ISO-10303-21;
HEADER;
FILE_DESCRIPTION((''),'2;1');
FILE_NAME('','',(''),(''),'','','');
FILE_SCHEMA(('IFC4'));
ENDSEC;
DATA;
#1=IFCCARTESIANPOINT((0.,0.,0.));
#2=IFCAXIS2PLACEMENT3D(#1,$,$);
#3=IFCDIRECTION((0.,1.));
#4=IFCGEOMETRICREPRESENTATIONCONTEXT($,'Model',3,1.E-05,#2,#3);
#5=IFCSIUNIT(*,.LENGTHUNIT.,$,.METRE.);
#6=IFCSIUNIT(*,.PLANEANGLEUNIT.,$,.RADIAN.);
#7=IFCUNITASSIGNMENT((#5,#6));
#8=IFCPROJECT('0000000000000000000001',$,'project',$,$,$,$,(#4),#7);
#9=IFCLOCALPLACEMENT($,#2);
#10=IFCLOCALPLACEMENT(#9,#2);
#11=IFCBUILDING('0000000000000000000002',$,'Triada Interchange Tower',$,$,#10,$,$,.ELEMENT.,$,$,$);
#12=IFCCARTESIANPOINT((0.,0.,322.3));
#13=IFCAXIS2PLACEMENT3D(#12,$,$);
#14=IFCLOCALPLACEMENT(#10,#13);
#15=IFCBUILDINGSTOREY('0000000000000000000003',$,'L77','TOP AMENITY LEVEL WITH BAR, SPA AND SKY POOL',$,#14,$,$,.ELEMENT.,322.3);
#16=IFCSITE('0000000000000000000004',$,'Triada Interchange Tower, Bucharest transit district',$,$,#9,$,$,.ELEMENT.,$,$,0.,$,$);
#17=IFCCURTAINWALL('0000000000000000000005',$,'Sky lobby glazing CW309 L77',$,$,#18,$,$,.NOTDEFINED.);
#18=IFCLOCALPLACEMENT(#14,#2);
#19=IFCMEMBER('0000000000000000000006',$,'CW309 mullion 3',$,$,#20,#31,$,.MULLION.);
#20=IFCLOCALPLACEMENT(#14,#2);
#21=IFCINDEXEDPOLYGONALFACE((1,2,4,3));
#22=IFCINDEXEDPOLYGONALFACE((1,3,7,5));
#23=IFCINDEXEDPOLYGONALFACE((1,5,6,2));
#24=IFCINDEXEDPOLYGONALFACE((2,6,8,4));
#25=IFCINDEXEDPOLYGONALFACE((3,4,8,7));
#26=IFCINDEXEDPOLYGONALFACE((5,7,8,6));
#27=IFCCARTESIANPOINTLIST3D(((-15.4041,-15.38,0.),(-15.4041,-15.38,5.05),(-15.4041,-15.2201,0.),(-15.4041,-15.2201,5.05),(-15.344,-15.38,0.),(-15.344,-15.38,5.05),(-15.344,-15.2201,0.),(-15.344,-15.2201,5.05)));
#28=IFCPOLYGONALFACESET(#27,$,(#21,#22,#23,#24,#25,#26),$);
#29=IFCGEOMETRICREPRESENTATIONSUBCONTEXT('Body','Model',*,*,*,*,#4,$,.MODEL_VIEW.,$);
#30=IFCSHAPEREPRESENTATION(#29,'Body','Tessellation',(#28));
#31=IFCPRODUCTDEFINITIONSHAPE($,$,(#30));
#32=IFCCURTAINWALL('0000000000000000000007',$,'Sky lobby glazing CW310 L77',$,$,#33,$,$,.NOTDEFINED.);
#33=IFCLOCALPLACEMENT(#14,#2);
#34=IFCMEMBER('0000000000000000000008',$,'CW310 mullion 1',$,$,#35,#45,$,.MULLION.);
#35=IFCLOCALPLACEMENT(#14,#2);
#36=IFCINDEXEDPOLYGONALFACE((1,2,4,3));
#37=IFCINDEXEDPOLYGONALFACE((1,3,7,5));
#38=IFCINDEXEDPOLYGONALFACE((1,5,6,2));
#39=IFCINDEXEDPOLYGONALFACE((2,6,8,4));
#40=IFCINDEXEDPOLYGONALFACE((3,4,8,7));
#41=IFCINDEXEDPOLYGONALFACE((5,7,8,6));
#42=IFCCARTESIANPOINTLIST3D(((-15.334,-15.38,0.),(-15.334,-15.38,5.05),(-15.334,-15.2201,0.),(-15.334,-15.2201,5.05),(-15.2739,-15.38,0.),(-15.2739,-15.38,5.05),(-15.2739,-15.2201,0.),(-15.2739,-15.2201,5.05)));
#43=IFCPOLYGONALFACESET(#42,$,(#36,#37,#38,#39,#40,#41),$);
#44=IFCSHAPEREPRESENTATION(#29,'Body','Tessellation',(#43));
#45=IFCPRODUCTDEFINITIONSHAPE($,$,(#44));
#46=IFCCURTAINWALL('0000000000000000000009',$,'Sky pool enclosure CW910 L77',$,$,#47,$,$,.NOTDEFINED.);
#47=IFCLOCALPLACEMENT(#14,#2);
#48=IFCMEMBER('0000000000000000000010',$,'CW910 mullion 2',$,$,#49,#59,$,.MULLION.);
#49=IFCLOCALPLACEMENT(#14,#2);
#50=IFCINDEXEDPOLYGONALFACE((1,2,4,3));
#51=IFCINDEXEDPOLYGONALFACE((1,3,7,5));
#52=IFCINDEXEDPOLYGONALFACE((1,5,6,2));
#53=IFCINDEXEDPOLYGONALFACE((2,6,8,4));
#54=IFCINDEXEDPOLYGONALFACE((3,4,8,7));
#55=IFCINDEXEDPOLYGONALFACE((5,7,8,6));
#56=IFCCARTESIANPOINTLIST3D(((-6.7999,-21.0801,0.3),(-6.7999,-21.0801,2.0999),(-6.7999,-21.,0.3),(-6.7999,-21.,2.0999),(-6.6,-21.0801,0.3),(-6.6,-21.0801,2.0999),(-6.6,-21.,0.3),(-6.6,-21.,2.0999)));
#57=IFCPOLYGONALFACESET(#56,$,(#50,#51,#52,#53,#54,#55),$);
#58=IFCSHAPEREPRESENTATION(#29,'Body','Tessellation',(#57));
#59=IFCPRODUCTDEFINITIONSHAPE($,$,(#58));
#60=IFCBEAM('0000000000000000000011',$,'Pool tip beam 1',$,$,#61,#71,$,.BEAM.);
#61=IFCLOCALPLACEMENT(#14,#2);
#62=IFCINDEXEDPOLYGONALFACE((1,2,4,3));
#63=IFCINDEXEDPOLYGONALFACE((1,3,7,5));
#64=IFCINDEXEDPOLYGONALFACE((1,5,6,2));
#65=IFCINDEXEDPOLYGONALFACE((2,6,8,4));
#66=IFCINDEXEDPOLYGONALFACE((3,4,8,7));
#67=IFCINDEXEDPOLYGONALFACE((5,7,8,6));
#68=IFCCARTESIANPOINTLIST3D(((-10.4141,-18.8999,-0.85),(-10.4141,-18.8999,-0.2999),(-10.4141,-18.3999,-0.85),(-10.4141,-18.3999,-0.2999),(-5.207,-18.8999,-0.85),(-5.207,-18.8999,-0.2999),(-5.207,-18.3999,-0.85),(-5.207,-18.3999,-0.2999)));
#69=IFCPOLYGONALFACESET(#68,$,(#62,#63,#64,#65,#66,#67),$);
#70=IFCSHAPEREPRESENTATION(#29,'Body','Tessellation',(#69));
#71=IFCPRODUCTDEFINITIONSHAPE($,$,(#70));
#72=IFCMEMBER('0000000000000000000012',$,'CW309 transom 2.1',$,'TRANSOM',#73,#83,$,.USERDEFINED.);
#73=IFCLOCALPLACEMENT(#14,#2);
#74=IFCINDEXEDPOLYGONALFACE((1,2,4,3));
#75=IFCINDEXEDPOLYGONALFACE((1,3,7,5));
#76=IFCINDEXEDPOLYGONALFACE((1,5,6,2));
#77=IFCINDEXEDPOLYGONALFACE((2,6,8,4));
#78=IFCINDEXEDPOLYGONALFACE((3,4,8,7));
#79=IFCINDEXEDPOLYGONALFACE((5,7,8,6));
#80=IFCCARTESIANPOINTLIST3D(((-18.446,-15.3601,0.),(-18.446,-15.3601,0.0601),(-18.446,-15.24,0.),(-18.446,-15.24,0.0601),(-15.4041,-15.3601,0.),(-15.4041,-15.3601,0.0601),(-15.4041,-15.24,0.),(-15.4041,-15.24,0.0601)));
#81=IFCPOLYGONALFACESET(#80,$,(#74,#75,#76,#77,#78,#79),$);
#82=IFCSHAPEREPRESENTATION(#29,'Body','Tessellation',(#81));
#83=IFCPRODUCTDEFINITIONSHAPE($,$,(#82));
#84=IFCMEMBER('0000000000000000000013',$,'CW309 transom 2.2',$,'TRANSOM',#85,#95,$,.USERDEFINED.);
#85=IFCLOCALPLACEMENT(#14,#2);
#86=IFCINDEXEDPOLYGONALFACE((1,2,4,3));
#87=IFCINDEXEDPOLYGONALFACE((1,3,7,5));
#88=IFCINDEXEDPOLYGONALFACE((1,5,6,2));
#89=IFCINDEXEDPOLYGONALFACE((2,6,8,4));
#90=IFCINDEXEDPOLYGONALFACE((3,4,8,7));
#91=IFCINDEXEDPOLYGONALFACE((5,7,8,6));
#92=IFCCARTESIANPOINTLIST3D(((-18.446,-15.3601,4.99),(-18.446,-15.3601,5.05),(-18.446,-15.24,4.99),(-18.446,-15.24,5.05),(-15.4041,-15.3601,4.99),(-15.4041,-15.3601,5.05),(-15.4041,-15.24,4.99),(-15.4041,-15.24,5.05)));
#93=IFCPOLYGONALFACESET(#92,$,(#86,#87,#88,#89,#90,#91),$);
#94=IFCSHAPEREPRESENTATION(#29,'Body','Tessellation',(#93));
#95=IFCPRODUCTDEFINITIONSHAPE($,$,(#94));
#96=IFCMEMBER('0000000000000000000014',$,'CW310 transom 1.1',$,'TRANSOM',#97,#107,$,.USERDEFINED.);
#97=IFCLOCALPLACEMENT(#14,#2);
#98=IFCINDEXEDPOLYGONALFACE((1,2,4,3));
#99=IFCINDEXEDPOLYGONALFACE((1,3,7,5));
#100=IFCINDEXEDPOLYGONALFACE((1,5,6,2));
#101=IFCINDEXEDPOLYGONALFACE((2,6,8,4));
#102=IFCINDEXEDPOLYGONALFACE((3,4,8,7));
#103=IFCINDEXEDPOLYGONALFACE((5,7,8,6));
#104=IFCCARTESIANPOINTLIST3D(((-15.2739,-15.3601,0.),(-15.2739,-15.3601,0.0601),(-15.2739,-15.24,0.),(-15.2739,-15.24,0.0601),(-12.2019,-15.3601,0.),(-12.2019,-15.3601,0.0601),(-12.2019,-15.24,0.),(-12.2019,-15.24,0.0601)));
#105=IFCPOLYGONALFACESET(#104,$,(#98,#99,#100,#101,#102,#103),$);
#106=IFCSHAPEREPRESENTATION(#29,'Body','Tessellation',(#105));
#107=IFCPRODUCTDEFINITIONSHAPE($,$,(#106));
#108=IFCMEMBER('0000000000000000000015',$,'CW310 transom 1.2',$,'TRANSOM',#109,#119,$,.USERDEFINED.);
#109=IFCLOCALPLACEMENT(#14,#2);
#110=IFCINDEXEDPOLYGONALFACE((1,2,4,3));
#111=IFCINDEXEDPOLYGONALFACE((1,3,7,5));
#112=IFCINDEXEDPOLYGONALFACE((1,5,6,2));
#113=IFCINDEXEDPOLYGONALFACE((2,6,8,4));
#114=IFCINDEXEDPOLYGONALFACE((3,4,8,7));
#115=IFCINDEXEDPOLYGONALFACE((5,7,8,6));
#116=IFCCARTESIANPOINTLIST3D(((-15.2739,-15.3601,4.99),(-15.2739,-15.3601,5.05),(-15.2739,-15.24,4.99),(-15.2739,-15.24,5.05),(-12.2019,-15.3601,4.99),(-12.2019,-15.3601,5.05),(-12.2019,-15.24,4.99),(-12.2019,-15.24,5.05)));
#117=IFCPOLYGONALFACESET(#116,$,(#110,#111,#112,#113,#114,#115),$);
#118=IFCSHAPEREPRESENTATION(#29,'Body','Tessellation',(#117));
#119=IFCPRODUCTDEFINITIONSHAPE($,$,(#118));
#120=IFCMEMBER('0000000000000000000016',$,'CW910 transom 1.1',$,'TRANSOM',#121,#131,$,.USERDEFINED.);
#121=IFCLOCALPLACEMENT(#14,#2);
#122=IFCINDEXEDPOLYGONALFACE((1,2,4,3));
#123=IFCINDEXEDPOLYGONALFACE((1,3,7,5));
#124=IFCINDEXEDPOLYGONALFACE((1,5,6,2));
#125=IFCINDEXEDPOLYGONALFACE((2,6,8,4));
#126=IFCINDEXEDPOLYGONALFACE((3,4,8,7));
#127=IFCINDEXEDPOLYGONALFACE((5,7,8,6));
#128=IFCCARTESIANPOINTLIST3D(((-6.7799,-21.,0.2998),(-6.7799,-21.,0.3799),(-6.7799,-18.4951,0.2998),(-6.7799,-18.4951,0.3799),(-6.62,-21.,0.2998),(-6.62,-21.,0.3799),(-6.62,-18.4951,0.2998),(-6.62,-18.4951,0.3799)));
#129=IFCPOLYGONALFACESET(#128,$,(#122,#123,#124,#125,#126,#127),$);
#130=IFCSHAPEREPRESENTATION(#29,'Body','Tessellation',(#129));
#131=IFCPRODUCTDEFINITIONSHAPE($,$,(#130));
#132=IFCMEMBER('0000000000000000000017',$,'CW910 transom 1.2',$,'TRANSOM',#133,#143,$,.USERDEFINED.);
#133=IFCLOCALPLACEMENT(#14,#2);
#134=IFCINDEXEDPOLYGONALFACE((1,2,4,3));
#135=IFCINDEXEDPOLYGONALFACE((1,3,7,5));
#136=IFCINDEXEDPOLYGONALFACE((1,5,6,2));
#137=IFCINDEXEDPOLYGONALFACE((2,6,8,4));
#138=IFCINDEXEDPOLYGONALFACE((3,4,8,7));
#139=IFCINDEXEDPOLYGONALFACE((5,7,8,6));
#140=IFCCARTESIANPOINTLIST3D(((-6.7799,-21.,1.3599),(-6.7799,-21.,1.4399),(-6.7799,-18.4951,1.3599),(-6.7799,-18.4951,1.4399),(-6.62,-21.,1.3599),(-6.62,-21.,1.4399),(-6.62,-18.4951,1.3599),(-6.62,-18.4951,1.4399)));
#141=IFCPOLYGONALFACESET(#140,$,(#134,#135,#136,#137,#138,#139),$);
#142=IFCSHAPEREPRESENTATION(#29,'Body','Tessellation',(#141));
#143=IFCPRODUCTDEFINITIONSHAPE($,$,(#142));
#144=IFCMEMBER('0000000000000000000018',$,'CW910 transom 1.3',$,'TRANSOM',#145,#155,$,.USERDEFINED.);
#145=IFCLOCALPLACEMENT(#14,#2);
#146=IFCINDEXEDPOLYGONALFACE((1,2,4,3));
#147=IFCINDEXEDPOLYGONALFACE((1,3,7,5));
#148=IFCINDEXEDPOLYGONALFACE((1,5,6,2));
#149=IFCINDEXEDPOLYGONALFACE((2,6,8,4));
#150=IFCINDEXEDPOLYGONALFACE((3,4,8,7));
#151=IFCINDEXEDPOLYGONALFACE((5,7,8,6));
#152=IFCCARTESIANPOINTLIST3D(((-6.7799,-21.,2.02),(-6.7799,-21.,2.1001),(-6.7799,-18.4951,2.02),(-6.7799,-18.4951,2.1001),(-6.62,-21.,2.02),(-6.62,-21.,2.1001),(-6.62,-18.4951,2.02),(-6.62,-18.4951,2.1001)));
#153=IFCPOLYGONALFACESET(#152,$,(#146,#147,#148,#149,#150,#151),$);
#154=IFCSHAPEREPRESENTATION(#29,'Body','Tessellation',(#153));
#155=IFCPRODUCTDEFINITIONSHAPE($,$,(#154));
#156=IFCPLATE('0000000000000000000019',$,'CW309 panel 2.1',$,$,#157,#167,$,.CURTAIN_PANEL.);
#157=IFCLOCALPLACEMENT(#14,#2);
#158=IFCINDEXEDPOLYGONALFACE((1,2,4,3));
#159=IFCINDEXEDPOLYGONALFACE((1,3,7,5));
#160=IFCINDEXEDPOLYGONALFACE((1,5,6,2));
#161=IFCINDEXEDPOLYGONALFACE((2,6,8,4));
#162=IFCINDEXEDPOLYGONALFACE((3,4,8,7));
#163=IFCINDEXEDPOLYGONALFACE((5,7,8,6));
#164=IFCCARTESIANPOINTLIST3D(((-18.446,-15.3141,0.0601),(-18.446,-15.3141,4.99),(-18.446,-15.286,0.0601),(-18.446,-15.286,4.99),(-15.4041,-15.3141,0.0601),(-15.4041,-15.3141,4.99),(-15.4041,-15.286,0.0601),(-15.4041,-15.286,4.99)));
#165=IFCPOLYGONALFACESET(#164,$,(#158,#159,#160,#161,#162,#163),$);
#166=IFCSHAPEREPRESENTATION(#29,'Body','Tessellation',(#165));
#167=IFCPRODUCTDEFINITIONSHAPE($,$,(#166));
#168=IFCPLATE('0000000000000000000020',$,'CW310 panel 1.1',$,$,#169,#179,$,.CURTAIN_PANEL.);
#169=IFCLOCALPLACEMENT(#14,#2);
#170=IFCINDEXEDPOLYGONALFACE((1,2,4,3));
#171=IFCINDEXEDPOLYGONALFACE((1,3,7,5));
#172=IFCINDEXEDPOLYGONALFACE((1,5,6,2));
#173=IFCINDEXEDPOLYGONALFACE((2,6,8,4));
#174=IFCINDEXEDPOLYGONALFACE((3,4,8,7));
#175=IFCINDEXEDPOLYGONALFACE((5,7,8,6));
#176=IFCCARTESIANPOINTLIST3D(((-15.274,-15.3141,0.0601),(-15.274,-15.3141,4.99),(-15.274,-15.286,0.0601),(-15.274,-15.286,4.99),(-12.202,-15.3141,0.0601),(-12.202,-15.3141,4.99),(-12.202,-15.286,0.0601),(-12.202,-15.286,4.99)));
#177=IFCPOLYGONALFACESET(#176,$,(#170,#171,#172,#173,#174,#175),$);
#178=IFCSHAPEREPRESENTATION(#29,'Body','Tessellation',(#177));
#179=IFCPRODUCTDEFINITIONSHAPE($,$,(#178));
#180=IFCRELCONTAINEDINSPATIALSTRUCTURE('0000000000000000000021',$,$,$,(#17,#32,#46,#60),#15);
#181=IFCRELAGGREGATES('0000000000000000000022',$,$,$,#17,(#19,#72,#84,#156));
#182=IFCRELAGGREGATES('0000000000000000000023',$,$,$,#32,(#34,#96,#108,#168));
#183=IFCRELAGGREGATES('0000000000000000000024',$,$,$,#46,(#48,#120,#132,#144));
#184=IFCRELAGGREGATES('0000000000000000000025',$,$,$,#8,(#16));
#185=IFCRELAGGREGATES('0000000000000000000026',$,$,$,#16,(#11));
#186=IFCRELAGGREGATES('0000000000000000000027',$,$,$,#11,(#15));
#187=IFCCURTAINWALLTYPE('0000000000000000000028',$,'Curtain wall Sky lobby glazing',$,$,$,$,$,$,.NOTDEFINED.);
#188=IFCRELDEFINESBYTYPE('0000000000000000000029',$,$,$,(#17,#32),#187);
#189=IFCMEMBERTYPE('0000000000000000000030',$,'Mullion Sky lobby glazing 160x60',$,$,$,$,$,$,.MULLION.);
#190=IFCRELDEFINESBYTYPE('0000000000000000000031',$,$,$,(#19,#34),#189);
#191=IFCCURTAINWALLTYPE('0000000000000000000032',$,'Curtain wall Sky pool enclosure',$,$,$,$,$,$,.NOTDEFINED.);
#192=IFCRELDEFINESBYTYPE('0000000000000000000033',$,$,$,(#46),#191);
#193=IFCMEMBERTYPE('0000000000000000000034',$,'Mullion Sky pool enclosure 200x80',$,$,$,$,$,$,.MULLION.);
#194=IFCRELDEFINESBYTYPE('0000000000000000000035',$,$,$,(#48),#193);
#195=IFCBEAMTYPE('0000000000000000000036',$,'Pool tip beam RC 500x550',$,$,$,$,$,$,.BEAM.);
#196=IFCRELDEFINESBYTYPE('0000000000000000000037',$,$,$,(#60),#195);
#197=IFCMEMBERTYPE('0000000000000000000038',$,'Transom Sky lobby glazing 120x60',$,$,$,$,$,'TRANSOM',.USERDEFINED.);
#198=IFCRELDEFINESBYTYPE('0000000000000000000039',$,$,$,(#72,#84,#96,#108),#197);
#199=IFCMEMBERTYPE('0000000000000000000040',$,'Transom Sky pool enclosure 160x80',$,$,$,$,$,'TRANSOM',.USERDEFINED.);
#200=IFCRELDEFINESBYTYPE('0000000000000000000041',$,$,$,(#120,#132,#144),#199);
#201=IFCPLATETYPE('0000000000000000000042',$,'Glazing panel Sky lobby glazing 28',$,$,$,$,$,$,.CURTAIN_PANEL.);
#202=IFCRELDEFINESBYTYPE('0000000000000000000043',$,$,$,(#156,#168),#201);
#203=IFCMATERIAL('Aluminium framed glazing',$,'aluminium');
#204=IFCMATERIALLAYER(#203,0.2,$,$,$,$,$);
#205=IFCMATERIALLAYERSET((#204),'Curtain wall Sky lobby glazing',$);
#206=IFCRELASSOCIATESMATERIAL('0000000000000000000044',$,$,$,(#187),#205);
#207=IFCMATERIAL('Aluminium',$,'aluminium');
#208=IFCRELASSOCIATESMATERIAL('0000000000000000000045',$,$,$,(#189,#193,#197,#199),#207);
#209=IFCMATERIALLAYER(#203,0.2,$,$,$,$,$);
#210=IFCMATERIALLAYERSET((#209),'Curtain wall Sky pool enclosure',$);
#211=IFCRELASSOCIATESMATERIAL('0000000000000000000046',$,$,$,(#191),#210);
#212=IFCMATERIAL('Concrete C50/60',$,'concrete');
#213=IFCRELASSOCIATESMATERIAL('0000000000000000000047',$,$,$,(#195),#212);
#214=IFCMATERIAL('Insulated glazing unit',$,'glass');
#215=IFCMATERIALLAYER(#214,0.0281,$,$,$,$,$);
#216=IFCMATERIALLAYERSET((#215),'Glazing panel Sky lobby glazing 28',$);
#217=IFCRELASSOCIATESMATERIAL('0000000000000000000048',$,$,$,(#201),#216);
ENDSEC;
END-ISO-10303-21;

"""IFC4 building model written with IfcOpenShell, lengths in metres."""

from ifc_helpers import new_model, si_unit, direction, frame, origin, origin_2d, place, context, subcontext, project, spatial, rectangle, extrude, material, layer, layer_set, material_profile, profile_set, type_object, element, aggregate, save


model = new_model("IFC4")

# Units and contexts
model_context = context("Model", 3, precision=1e-05, world=origin(), true_north=direction((0.0, 1.0)))
body_context = subcontext(model_context, "Body", "Model", "MODEL_VIEW")
ifc_project = project(units=[si_unit("LENGTHUNIT", "METRE"), si_unit("PLANEANGLEUNIT", "RADIAN")], contexts=[model_context])

# Site, building, storey
site_placement = place(None, origin())
site = spatial("IfcSite", under=ifc_project, at=site_placement, Name="Triada Interchange Tower, Bucharest transit district", CompositionType="ELEMENT", RefElevation=0.0)
building_placement = place(site_placement, origin())
building = spatial("IfcBuilding", under=site, at=building_placement, Name="Triada Interchange Tower", CompositionType="ELEMENT")
storey_placement = place(building_placement, frame((0.0, 0.0, 322.3)))
storey = spatial("IfcBuildingStorey", under=building, at=storey_placement, Name="L77", Description="TOP AMENITY LEVEL WITH BAR, SPA AND SKY POOL", CompositionType="ELEMENT", Elevation=322.3)

# Curtain walls, members
ifc_material_1 = material(Name="Aluminium framed glazing", Category="aluminium")
ifc_layer_1 = layer(ifc_material_1, 0.2)
ifc_layer_set_1 = layer_set([ifc_layer_1], Name="Curtain wall Sky lobby glazing")
curtain_wall_type_1 = type_object("IfcCurtainWallType", Name="Curtain wall Sky lobby glazing", PredefinedType="NOTDEFINED", material=ifc_layer_set_1)
curtain_wall_1_placement = place(storey_placement, origin())
curtain_wall_1 = element("IfcCurtainWall", 1, at=curtain_wall_1_placement, inside=storey, type_object=curtain_wall_type_1, Name="Sky lobby glazing CW309 L77", PredefinedType="NOTDEFINED")
ifc_material_2 = material(Name="Aluminium", Category="aluminium")
ifc_material_profile_1 = material_profile(ifc_material_2, rectangle(XDim=0.1599, YDim=0.0601, at=origin_2d()), Name="Aluminium mullion")
ifc_profile_set_1 = profile_set([ifc_material_profile_1], Name="Aluminium")
member_type_1 = type_object("IfcMemberType", Name="Mullion Sky lobby glazing 160x60", PredefinedType="MULLION", material=ifc_profile_set_1)
member_1_placement = place(storey_placement, frame((-15.374, -15.3, 0.0), z_axis=(0.0, 0.0, 1.0), x_axis=(0.0, 1.0, 0.0)))
member_1 = element("IfcMember", 2, at=member_1_placement, type_object=member_type_1, Name="CW309 mullion 3", PredefinedType="MULLION", context=body_context, shape_type="SweptSolid", body=[
    extrude(rectangle(XDim=0.1599, YDim=0.0601, at=origin_2d()), origin(), (0.0, 0.0, 1.0), 5.05),
])
curtain_wall_2_placement = place(storey_placement, origin())
curtain_wall_2 = element("IfcCurtainWall", 3, at=curtain_wall_2_placement, inside=storey, type_object=curtain_wall_type_1, Name="Sky lobby glazing CW310 L77", PredefinedType="NOTDEFINED")
member_2_placement = place(storey_placement, frame((-15.304, -15.3, 0.0), z_axis=(0.0, 0.0, 1.0), x_axis=(0.0, 1.0, 0.0)))
member_2 = element("IfcMember", 4, at=member_2_placement, type_object=member_type_1, Name="CW310 mullion 1", PredefinedType="MULLION", context=body_context, shape_type="SweptSolid", body=[
    extrude(rectangle(XDim=0.1599, YDim=0.0601, at=origin_2d()), origin(), (0.0, 0.0, 1.0), 5.05),
])
ifc_layer_2 = layer(ifc_material_1, 0.2)
ifc_layer_set_2 = layer_set([ifc_layer_2], Name="Curtain wall Sky pool enclosure")
curtain_wall_type_2 = type_object("IfcCurtainWallType", Name="Curtain wall Sky pool enclosure", PredefinedType="NOTDEFINED", material=ifc_layer_set_2)
curtain_wall_3_placement = place(storey_placement, origin())
curtain_wall_3 = element("IfcCurtainWall", 5, at=curtain_wall_3_placement, inside=storey, type_object=curtain_wall_type_2, Name="Sky pool enclosure CW910 L77", PredefinedType="NOTDEFINED")
ifc_material_profile_2 = material_profile(ifc_material_2, rectangle(XDim=0.2, YDim=0.0801, at=origin_2d()), Name="Aluminium mullion")
ifc_profile_set_2 = profile_set([ifc_material_profile_2], Name="Aluminium")
member_type_2 = type_object("IfcMemberType", Name="Mullion Sky pool enclosure 200x80", PredefinedType="MULLION", material=ifc_profile_set_2)
member_3_placement = place(storey_placement, frame((-6.7, -21.04, 0.3), z_axis=(0.0, 0.0, 1.0), x_axis=(1.0, 0.0, 0.0)))
member_3 = element("IfcMember", 6, at=member_3_placement, type_object=member_type_2, Name="CW910 mullion 2", PredefinedType="MULLION", context=body_context, shape_type="SweptSolid", body=[
    extrude(rectangle(XDim=0.2, YDim=0.0801, at=origin_2d()), origin(), (0.0, 0.0, 1.0), 1.7998),
])

# Beam
ifc_material_3 = material(Name="Concrete C50/60", Category="concrete")
ifc_material_profile_3 = material_profile(ifc_material_3, rectangle(XDim=0.5, YDim=0.55, at=origin_2d()), Name="RC 500x550")
ifc_profile_set_3 = profile_set([ifc_material_profile_3], Name="Concrete C50/60")
beam_type_1 = type_object("IfcBeamType", Name="Pool tip beam RC 500x550", PredefinedType="BEAM", material=ifc_profile_set_3)
beam_1_placement = place(storey_placement, frame((-10.4141, -18.6499, -0.575), z_axis=(1.0, 0.0, 0.0), x_axis=(0.0, 1.0, 0.0)))
element("IfcBeam", 7, at=beam_1_placement, inside=storey, type_object=beam_type_1, Name="Pool tip beam 1", PredefinedType="BEAM", context=body_context, shape_type="SweptSolid", body=[
    extrude(rectangle(XDim=0.5, YDim=0.55, at=origin_2d()), origin(), (0.0, 0.0, 1.0), 5.207),
])

# Members
ifc_material_profile_4 = material_profile(ifc_material_2, rectangle(XDim=0.1201, YDim=0.0601, at=origin_2d()), Name="Aluminium transom")
ifc_profile_set_4 = profile_set([ifc_material_profile_4], Name="Aluminium")
member_type_3 = type_object("IfcMemberType", Name="Transom Sky lobby glazing 120x60", ElementType="TRANSOM", PredefinedType="USERDEFINED", material=ifc_profile_set_4)
member_4_placement = place(storey_placement, frame((-18.446, -15.3, 0.03), z_axis=(1.0, 0.0, 0.0), x_axis=(0.0, 1.0, 0.0)))
member_4 = element("IfcMember", 8, at=member_4_placement, type_object=member_type_3, Name="CW309 transom 2.1", ObjectType="TRANSOM", PredefinedType="USERDEFINED", context=body_context, shape_type="SweptSolid", body=[
    extrude(rectangle(XDim=0.1201, YDim=0.0601, at=origin_2d()), origin(), (0.0, 0.0, 1.0), 3.042),
])
member_5_placement = place(storey_placement, frame((-18.446, -15.3, 5.02), z_axis=(1.0, 0.0, 0.0), x_axis=(0.0, 1.0, 0.0)))
member_5 = element("IfcMember", 9, at=member_5_placement, type_object=member_type_3, Name="CW309 transom 2.2", ObjectType="TRANSOM", PredefinedType="USERDEFINED", context=body_context, shape_type="SweptSolid", body=[
    extrude(rectangle(XDim=0.1201, YDim=0.0601, at=origin_2d()), origin(), (0.0, 0.0, 1.0), 3.042),
])
member_6_placement = place(storey_placement, frame((-15.2739, -15.3, 0.03), z_axis=(1.0, 0.0, 0.0), x_axis=(0.0, 1.0, 0.0)))
member_6 = element("IfcMember", 10, at=member_6_placement, type_object=member_type_3, Name="CW310 transom 1.1", ObjectType="TRANSOM", PredefinedType="USERDEFINED", context=body_context, shape_type="SweptSolid", body=[
    extrude(rectangle(XDim=0.1201, YDim=0.0601, at=origin_2d()), origin(), (0.0, 0.0, 1.0), 3.072),
])
member_7_placement = place(storey_placement, frame((-15.2739, -15.3, 5.02), z_axis=(1.0, 0.0, 0.0), x_axis=(0.0, 1.0, 0.0)))
member_7 = element("IfcMember", 11, at=member_7_placement, type_object=member_type_3, Name="CW310 transom 1.2", ObjectType="TRANSOM", PredefinedType="USERDEFINED", context=body_context, shape_type="SweptSolid", body=[
    extrude(rectangle(XDim=0.1201, YDim=0.0601, at=origin_2d()), origin(), (0.0, 0.0, 1.0), 3.072),
])
ifc_material_profile_5 = material_profile(ifc_material_2, rectangle(XDim=0.1599, YDim=0.0801, at=origin_2d()), Name="Aluminium transom")
ifc_profile_set_5 = profile_set([ifc_material_profile_5], Name="Aluminium")
member_type_4 = type_object("IfcMemberType", Name="Transom Sky pool enclosure 160x80", ElementType="TRANSOM", PredefinedType="USERDEFINED", material=ifc_profile_set_5)
member_8_placement = place(storey_placement, frame((-6.7, -18.4951, 0.3398), z_axis=(0.0, -1.0, 0.0), x_axis=(1.0, 0.0, 0.0)))
member_8 = element("IfcMember", 12, at=member_8_placement, type_object=member_type_4, Name="CW910 transom 1.1", ObjectType="TRANSOM", PredefinedType="USERDEFINED", context=body_context, shape_type="SweptSolid", body=[
    extrude(rectangle(XDim=0.1599, YDim=0.0801, at=origin_2d()), origin(), (0.0, 0.0, 1.0), 2.5049),
])
member_9_placement = place(storey_placement, frame((-6.7, -18.4951, 1.3999), z_axis=(0.0, -1.0, 0.0), x_axis=(1.0, 0.0, 0.0)))
member_9 = element("IfcMember", 13, at=member_9_placement, type_object=member_type_4, Name="CW910 transom 1.2", ObjectType="TRANSOM", PredefinedType="USERDEFINED", context=body_context, shape_type="SweptSolid", body=[
    extrude(rectangle(XDim=0.1599, YDim=0.0801, at=origin_2d()), origin(), (0.0, 0.0, 1.0), 2.5049),
])
member_10_placement = place(storey_placement, frame((-6.7, -18.4951, 2.0601), z_axis=(0.0, -1.0, 0.0), x_axis=(1.0, 0.0, 0.0)))
member_10 = element("IfcMember", 14, at=member_10_placement, type_object=member_type_4, Name="CW910 transom 1.3", ObjectType="TRANSOM", PredefinedType="USERDEFINED", context=body_context, shape_type="SweptSolid", body=[
    extrude(rectangle(XDim=0.1599, YDim=0.0801, at=origin_2d()), origin(), (0.0, 0.0, 1.0), 2.5049),
])

# Plates
ifc_material_4 = material(Name="Insulated glazing unit", Category="glass")
ifc_layer_3 = layer(ifc_material_4, 0.0281)
ifc_layer_set_3 = layer_set([ifc_layer_3], Name="Glazing panel Sky lobby glazing 28")
plate_type_1 = type_object("IfcPlateType", Name="Glazing panel Sky lobby glazing 28", PredefinedType="CURTAIN_PANEL", material=ifc_layer_set_3)
plate_1_placement = place(storey_placement, frame((-16.925, -15.3, 0.0601), z_axis=(0.0, 0.0, 1.0), x_axis=(1.0, 0.0, 0.0)))
plate_1 = element("IfcPlate", 15, at=plate_1_placement, type_object=plate_type_1, Name="CW309 panel 2.1", PredefinedType="CURTAIN_PANEL", context=body_context, shape_type="SweptSolid", body=[
    extrude(rectangle(XDim=3.042, YDim=0.0281, at=origin_2d()), origin(), (0.0, 0.0, 1.0), 4.9299),
])
aggregate(curtain_wall_1, [member_1, member_4, member_5, plate_1])
plate_2_placement = place(storey_placement, frame((-13.738, -15.3, 0.0601), z_axis=(0.0, 0.0, 1.0), x_axis=(1.0, 0.0, 0.0)))
plate_2 = element("IfcPlate", 16, at=plate_2_placement, type_object=plate_type_1, Name="CW310 panel 1.1", PredefinedType="CURTAIN_PANEL", context=body_context, shape_type="SweptSolid", body=[
    extrude(rectangle(XDim=3.072, YDim=0.0281, at=origin_2d()), origin(), (0.0, 0.0, 1.0), 4.9299),
])
aggregate(curtain_wall_2, [member_2, member_6, member_7, plate_2])
aggregate(curtain_wall_3, [member_3, member_8, member_9, member_10])

save(model, "model.ifc")
